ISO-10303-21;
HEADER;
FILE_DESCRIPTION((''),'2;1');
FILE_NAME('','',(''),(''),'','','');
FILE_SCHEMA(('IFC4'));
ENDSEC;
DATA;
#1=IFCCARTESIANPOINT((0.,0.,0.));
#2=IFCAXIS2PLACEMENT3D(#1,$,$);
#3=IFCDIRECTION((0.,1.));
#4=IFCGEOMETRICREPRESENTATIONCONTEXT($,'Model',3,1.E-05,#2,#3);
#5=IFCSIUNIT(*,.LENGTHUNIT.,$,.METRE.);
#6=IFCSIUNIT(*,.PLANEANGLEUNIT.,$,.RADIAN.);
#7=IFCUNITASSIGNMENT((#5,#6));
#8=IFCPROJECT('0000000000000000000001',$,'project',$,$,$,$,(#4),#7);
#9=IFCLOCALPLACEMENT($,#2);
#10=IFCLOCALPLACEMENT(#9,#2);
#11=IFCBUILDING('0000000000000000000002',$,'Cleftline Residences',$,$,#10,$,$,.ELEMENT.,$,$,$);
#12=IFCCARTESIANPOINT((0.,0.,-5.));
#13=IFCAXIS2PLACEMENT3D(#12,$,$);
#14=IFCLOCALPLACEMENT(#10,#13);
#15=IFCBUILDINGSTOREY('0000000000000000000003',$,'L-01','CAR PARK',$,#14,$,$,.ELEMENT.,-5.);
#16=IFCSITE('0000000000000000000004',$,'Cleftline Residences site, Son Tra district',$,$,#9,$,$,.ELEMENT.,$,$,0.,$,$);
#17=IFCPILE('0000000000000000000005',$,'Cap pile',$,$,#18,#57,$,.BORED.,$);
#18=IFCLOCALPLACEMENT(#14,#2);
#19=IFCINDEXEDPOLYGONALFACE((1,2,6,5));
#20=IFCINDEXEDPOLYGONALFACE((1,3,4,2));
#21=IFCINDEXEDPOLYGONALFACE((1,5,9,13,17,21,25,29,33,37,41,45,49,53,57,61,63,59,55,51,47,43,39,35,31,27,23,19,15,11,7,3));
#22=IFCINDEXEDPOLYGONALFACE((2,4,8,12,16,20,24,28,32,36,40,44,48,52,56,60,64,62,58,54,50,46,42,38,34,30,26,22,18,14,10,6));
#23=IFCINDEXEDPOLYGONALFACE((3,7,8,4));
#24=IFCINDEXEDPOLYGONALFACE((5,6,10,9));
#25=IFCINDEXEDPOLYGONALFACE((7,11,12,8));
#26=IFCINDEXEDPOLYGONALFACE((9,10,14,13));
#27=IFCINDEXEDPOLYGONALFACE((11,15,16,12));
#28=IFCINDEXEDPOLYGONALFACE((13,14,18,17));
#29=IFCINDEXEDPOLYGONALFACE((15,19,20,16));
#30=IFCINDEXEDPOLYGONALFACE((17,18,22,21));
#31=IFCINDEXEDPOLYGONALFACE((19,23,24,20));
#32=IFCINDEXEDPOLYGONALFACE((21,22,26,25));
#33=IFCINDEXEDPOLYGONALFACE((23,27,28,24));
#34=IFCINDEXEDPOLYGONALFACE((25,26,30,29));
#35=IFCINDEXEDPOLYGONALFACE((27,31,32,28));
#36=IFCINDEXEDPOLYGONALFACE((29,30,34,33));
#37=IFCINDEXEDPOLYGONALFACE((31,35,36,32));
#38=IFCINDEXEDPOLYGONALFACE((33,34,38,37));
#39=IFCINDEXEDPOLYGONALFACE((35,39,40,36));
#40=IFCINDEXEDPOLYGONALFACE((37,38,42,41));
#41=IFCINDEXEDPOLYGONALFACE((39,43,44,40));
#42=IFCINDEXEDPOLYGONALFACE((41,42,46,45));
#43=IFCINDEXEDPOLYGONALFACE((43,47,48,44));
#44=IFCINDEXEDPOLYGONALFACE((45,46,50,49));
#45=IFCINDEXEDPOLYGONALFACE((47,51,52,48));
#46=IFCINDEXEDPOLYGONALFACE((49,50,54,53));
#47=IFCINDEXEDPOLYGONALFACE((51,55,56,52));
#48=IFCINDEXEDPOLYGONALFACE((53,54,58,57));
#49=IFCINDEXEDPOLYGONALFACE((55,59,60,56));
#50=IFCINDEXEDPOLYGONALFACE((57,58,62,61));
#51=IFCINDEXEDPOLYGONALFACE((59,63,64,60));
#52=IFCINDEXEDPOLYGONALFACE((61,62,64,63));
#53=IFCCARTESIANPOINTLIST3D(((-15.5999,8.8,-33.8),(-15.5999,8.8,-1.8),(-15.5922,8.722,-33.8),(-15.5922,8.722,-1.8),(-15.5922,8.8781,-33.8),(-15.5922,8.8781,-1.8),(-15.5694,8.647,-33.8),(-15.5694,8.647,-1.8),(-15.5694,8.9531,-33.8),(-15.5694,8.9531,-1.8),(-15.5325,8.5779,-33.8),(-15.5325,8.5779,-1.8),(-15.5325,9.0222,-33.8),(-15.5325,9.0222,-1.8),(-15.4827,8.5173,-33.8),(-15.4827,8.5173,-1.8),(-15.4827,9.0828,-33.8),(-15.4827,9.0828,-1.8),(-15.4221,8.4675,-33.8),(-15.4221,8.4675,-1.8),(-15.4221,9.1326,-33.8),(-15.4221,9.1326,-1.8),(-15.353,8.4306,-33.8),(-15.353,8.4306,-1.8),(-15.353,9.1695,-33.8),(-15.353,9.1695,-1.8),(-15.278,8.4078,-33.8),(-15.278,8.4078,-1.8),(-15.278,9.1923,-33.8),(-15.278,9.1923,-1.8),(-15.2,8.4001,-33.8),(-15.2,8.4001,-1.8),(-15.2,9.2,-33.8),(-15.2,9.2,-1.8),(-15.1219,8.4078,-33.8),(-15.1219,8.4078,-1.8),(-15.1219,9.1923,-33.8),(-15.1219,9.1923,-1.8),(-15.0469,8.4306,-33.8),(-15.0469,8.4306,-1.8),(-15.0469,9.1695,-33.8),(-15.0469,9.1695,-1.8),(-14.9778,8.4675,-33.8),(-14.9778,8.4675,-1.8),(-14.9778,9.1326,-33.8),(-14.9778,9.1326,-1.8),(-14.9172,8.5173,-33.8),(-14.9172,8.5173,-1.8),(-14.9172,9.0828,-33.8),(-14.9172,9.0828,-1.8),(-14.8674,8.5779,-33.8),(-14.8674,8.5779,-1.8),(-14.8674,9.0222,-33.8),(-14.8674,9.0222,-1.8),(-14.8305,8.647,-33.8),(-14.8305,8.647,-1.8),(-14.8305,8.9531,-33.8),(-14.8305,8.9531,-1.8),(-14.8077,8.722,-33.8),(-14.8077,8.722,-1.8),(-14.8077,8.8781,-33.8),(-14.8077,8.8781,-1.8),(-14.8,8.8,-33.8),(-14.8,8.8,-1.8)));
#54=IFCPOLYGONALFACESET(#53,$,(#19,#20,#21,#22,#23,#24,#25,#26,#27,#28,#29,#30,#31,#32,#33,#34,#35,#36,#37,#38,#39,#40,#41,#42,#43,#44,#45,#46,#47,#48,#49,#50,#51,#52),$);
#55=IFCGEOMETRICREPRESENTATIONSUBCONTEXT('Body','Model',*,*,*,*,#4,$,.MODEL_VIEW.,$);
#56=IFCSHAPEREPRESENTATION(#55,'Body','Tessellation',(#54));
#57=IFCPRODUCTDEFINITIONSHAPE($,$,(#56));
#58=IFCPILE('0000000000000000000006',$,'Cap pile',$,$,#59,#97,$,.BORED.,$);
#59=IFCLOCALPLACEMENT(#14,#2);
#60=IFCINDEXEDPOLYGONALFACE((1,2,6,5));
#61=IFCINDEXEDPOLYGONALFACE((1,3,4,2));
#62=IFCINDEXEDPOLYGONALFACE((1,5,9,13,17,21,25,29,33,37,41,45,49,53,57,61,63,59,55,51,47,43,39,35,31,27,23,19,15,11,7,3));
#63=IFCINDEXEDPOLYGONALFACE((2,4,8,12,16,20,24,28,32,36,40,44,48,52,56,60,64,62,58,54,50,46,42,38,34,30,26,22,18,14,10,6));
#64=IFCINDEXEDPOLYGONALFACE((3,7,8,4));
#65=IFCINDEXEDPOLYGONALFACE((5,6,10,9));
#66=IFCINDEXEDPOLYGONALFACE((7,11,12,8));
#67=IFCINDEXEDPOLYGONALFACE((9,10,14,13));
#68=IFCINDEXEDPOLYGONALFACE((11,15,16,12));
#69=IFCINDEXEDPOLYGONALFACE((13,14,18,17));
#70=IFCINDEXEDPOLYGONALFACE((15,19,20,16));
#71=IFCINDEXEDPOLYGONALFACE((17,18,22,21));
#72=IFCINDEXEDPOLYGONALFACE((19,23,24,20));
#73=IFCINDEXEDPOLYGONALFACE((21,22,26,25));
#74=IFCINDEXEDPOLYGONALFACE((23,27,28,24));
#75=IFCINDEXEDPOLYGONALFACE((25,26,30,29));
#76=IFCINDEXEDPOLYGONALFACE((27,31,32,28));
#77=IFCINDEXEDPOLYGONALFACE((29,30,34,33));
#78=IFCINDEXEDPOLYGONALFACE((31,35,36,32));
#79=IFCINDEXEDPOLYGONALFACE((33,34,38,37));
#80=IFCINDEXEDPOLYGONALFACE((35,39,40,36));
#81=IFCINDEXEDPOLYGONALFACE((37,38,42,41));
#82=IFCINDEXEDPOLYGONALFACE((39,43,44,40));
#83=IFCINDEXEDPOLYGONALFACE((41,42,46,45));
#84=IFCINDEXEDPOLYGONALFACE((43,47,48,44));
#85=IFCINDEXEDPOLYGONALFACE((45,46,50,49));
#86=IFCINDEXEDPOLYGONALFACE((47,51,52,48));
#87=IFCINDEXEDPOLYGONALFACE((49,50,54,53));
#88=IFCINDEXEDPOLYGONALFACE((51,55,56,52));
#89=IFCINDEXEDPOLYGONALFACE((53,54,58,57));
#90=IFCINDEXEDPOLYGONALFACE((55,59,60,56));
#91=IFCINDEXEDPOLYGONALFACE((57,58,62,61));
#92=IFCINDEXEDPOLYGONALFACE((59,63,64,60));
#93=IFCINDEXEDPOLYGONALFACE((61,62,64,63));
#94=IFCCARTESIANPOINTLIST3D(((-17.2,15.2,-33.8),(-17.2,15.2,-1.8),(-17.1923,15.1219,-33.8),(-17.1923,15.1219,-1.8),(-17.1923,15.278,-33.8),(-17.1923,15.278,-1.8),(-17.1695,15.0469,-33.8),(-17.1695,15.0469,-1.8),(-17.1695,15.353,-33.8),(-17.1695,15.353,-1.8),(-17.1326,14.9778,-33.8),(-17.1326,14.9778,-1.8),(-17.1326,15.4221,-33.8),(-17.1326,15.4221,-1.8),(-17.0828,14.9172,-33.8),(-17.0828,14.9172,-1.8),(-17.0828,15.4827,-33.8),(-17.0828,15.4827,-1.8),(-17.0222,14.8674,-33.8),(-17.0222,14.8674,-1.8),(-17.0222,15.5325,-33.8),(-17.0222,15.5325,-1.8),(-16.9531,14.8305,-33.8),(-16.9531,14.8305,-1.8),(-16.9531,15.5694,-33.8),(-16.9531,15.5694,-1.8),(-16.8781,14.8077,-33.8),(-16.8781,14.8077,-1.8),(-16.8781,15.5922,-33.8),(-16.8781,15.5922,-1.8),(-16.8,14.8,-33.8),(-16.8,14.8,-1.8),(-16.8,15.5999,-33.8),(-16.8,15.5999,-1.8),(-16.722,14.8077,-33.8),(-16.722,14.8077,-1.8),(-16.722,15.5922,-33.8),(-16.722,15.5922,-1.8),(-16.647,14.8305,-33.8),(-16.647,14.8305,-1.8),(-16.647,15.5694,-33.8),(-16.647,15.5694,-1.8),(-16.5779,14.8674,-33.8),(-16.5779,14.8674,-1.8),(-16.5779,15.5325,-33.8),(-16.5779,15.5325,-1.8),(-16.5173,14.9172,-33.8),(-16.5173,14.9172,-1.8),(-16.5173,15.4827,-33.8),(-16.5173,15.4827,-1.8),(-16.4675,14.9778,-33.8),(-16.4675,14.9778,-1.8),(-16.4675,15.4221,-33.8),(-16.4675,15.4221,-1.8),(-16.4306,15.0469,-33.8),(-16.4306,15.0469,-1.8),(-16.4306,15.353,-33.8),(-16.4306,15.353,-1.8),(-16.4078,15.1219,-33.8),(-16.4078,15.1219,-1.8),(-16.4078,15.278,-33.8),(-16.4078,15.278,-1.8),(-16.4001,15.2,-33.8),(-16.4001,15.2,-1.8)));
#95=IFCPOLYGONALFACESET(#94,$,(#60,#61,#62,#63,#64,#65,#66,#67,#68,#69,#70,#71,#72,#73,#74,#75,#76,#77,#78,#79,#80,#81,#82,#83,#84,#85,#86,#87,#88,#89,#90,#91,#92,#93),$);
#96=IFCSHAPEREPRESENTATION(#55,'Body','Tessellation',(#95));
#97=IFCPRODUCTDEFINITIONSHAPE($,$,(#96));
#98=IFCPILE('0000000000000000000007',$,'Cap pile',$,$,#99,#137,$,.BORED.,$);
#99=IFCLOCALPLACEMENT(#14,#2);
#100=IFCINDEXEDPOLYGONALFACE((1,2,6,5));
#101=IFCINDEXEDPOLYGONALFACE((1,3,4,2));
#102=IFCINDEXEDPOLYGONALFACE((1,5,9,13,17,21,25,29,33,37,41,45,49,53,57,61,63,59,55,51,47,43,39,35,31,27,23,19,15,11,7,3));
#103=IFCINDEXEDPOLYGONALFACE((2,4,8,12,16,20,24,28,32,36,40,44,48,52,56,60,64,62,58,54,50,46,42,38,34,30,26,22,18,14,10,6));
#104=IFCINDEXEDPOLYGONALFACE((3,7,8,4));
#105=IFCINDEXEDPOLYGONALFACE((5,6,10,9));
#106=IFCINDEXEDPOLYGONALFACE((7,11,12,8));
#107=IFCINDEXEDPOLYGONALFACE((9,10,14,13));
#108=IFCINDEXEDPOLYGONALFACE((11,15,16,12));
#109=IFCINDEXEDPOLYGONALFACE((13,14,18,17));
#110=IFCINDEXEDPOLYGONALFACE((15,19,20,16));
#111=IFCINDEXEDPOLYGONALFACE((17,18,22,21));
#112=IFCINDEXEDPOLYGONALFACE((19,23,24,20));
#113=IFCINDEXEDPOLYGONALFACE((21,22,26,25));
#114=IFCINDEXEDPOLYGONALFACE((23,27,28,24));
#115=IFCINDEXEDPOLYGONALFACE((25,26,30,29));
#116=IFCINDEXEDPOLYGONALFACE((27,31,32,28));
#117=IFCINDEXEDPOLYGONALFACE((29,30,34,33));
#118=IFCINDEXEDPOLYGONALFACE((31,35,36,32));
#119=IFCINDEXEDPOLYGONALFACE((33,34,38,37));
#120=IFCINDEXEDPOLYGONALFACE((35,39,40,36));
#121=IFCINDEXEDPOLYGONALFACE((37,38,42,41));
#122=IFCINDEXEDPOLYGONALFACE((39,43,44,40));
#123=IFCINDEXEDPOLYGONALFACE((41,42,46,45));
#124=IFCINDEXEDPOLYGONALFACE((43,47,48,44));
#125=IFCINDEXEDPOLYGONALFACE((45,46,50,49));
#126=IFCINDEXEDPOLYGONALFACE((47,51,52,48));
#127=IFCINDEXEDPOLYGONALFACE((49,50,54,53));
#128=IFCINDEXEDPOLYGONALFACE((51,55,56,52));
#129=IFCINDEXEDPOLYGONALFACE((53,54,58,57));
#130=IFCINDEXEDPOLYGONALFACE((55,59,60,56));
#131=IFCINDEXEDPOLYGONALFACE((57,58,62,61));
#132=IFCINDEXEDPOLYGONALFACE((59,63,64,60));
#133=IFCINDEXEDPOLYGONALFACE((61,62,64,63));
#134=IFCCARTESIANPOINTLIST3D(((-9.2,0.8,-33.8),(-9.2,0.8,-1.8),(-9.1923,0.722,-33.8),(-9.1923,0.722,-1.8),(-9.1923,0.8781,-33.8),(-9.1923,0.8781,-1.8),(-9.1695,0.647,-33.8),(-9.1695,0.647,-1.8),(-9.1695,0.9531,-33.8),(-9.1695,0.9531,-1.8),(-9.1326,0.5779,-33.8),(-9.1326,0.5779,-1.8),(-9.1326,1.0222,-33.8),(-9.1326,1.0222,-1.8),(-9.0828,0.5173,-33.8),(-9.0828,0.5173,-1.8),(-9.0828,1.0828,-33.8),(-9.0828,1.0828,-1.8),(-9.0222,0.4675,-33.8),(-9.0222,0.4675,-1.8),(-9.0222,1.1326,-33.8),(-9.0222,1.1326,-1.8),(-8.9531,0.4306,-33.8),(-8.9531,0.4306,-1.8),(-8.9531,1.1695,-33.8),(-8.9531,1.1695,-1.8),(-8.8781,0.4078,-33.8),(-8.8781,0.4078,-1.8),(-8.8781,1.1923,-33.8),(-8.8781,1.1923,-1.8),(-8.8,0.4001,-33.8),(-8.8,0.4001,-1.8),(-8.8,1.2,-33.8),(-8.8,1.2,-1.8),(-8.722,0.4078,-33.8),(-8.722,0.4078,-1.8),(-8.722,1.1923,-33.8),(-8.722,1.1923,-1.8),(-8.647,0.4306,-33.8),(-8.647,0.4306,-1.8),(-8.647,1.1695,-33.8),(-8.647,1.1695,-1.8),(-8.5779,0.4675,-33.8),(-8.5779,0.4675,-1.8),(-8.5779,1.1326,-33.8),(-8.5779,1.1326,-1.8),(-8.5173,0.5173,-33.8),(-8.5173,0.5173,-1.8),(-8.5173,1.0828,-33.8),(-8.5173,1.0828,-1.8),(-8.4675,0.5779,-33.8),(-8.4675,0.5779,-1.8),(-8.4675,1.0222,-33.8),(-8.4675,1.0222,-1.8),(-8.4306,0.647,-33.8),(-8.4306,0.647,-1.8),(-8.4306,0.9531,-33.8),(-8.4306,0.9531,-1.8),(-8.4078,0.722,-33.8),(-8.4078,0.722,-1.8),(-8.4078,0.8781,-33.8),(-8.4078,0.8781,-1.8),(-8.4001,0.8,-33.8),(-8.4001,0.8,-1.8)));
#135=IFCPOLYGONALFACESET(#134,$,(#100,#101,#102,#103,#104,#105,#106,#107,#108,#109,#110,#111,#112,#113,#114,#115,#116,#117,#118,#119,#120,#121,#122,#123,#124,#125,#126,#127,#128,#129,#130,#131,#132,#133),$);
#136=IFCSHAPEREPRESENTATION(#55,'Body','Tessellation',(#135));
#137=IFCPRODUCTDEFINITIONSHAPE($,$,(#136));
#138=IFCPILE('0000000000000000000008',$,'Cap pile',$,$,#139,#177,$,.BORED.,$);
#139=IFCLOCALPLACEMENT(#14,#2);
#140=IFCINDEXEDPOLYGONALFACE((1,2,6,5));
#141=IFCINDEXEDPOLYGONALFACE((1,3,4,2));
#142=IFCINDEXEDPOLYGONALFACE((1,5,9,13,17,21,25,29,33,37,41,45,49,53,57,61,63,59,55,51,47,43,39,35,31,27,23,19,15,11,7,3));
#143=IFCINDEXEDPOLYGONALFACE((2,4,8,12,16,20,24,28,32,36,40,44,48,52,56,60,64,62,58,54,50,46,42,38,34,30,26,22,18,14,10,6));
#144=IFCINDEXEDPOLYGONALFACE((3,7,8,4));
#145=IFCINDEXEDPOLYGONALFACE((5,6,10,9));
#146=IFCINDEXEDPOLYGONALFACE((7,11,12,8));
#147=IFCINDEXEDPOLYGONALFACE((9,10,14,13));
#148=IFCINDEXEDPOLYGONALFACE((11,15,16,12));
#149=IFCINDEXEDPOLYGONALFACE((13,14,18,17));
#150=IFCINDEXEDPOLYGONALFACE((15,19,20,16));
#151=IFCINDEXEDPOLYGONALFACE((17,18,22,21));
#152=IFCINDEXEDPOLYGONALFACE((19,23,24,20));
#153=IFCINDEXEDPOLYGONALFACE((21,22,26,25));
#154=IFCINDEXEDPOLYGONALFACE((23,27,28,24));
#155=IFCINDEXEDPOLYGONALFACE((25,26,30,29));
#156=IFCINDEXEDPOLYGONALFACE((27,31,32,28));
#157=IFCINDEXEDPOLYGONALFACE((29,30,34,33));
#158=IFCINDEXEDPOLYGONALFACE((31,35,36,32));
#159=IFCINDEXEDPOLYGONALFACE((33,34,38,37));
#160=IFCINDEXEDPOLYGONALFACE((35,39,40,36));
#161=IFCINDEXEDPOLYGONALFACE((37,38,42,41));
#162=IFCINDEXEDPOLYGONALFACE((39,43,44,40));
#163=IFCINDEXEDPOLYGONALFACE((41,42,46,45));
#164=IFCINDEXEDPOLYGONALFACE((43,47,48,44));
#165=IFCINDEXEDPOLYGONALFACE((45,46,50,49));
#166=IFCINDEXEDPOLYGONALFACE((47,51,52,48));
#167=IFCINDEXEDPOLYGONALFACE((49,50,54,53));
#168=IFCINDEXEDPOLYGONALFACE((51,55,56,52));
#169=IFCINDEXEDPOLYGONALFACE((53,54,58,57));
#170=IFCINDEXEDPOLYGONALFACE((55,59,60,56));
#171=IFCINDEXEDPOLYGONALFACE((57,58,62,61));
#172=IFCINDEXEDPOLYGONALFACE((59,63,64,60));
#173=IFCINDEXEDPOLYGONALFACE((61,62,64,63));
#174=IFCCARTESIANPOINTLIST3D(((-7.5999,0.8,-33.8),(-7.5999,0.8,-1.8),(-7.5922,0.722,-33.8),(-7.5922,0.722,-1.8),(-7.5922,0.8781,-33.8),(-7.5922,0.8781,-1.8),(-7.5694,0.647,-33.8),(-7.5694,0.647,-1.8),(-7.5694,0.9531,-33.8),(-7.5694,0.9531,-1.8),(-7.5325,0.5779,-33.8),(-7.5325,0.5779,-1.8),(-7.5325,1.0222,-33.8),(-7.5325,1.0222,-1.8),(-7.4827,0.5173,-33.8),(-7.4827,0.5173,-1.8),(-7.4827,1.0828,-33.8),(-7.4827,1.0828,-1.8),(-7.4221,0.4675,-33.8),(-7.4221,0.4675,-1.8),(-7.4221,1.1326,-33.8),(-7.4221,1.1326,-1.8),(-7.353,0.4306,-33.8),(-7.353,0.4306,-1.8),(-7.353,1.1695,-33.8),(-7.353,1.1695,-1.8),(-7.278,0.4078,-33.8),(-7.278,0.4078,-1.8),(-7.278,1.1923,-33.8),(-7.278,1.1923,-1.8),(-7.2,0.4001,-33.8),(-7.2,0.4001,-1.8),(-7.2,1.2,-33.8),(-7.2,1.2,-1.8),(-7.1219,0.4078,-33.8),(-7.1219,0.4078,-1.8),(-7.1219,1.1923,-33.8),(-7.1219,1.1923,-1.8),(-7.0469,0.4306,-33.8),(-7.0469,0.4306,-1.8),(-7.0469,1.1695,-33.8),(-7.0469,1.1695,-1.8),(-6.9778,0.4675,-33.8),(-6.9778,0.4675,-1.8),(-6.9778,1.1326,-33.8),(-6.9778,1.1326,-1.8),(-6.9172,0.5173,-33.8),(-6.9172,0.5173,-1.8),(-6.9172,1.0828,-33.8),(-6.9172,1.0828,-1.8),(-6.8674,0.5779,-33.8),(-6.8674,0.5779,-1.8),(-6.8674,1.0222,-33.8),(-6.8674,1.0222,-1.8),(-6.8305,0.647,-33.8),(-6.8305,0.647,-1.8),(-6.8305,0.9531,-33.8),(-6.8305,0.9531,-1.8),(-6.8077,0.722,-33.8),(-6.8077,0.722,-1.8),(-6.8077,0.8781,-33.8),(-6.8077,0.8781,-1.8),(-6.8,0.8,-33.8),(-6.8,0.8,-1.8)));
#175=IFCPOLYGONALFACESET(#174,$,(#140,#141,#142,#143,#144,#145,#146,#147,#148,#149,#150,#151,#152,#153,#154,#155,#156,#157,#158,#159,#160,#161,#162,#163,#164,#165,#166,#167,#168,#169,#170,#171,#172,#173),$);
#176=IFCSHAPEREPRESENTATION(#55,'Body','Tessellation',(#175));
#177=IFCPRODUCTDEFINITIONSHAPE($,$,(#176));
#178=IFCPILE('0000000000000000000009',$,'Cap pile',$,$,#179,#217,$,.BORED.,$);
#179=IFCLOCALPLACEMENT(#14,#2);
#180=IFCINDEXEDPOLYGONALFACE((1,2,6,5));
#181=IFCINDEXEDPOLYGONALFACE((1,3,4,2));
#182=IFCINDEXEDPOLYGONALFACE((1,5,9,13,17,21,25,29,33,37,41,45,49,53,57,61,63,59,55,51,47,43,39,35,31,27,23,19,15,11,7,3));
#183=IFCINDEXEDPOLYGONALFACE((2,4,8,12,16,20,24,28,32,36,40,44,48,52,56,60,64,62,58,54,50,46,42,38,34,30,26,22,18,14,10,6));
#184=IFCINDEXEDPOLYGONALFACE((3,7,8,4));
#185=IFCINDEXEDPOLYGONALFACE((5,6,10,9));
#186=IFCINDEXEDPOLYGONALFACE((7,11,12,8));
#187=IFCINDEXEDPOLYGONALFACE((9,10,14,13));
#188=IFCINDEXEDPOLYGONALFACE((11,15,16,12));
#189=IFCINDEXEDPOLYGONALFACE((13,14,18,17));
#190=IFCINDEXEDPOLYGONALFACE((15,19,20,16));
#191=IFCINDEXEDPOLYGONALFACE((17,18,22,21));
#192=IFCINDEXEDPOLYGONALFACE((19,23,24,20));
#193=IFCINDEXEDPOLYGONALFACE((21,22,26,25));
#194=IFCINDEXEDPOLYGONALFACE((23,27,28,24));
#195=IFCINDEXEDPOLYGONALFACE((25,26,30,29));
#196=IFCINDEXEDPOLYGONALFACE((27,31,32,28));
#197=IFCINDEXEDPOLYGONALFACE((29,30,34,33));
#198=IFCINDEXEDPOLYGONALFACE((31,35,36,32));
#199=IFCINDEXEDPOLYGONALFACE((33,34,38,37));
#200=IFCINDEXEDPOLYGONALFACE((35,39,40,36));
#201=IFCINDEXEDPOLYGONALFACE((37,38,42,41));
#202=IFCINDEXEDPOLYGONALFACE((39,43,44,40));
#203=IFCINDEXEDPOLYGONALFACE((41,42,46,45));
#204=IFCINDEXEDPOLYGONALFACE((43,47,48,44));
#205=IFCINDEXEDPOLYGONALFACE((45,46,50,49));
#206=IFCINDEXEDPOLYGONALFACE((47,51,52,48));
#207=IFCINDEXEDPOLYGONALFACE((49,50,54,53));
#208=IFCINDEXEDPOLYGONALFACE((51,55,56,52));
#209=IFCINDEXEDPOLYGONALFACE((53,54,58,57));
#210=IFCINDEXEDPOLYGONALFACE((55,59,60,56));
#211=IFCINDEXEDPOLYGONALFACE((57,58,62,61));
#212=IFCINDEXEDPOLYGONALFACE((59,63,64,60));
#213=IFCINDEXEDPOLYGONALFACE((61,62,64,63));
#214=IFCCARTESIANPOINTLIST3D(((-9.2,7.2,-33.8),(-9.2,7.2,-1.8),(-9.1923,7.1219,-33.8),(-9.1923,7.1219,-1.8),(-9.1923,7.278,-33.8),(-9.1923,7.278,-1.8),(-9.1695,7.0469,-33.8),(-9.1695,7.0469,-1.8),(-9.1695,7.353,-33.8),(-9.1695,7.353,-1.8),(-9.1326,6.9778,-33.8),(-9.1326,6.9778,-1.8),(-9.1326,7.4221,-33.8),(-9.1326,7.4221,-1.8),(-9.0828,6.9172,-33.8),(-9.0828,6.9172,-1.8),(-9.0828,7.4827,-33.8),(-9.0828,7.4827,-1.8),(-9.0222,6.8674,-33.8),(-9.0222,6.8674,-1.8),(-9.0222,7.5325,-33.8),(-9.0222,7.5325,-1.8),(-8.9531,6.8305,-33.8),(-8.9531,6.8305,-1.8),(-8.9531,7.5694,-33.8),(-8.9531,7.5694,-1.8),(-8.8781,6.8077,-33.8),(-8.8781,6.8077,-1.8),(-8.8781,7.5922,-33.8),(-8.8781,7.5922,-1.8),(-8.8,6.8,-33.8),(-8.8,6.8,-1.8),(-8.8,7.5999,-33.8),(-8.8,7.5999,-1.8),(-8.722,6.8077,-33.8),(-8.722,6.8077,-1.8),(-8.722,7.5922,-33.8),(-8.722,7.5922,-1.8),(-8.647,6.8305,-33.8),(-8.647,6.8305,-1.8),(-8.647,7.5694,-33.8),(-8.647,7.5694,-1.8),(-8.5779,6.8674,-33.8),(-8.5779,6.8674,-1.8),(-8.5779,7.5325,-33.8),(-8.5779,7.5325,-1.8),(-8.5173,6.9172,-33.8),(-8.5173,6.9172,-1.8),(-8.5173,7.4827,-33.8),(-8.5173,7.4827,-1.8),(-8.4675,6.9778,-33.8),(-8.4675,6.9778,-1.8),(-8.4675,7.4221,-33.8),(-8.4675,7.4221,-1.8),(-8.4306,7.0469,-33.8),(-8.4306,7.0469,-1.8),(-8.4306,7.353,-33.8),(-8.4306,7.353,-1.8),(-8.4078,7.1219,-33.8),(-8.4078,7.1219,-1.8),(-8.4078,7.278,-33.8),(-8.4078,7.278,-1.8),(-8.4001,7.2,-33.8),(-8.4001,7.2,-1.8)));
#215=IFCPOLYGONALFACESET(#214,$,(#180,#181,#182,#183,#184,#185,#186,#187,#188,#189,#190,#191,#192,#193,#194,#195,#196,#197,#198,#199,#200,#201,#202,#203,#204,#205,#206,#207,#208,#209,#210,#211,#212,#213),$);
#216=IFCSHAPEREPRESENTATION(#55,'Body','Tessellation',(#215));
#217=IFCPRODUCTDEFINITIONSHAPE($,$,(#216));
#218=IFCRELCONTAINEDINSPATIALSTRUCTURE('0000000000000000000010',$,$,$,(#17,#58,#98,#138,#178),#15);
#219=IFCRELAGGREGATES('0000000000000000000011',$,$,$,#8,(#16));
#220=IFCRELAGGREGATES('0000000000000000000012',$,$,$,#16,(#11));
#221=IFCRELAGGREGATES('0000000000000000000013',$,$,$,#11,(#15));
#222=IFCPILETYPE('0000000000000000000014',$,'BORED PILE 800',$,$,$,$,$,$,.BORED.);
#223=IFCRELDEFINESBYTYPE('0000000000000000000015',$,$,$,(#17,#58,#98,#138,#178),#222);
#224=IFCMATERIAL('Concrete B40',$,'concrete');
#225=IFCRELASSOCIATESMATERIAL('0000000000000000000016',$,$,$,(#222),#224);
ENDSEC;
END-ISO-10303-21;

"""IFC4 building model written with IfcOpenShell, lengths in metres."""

from ifc_helpers import new_model, si_unit, direction, frame, origin, origin_2d, place, context, subcontext, project, spatial, circle, extrude, material, material_profile, profile_set, type_object, element, save


model = new_model("IFC4")

# Units and contexts
model_context = context("Model", 3, precision=1e-05, world=origin(), true_north=direction((0.0, 1.0)))
body_context = subcontext(model_context, "Body", "Model", "MODEL_VIEW")
ifc_project = project(units=[si_unit("LENGTHUNIT", "METRE"), si_unit("PLANEANGLEUNIT", "RADIAN")], contexts=[model_context])

# Site, building, storey
site_placement = place(None, origin())
site = spatial("IfcSite", under=ifc_project, at=site_placement, Name="Cleftline Residences site, Son Tra district", CompositionType="ELEMENT", RefElevation=0.0)
building_placement = place(site_placement, origin())
building = spatial("IfcBuilding", under=site, at=building_placement, Name="Cleftline Residences", CompositionType="ELEMENT")
storey_placement = place(building_placement, frame((0.0, 0.0, -5.0)))
storey = spatial("IfcBuildingStorey", under=building, at=storey_placement, Name="L-01", Description="CAR PARK", CompositionType="ELEMENT", Elevation=-5.0)

# Piles
ifc_material_1 = material(Name="Concrete B40", Category="concrete")
ifc_material_profile_1 = material_profile(ifc_material_1, circle(Radius=0.3999, at=origin_2d()))
ifc_profile_set_1 = profile_set([ifc_material_profile_1], Name="Concrete B40")
pile_type_1 = type_object("IfcPileType", Name="BORED PILE 800", PredefinedType="BORED", material=ifc_profile_set_1)
for number, where, z_axis, x_axis, name in (
    (1, (-15.2, 8.8, -1.8), (0.0, 0.0, -1.0), (1.0, 0.0, 0.0), "Cap pile"),
    (2, (-16.8, 15.2, -1.8), (0.0, 0.0, -1.0), (1.0, 0.0, 0.0), "Cap pile"),
    (3, (-8.8, 0.8, -1.8), (0.0, 0.0, -1.0), (1.0, 0.0, 0.0), "Cap pile"),
    (4, (-7.2, 0.8, -1.8), (0.0, 0.0, -1.0), (1.0, 0.0, 0.0), "Cap pile"),
    (5, (-8.8, 7.2, -1.8), (0.0, 0.0, -1.0), (1.0, 0.0, 0.0), "Cap pile"),
):
    element("IfcPile", number, at=place(storey_placement, frame(where, z_axis=z_axis, x_axis=x_axis)), inside=storey, type_object=pile_type_1, Name=name, PredefinedType="BORED", context=body_context, shape_type="SweptSolid", body=[
        extrude(circle(Radius=0.3999, at=origin_2d()), origin(), (0.0, 0.0, 1.0), 32.0),
    ])

save(model, "model.ifc")
